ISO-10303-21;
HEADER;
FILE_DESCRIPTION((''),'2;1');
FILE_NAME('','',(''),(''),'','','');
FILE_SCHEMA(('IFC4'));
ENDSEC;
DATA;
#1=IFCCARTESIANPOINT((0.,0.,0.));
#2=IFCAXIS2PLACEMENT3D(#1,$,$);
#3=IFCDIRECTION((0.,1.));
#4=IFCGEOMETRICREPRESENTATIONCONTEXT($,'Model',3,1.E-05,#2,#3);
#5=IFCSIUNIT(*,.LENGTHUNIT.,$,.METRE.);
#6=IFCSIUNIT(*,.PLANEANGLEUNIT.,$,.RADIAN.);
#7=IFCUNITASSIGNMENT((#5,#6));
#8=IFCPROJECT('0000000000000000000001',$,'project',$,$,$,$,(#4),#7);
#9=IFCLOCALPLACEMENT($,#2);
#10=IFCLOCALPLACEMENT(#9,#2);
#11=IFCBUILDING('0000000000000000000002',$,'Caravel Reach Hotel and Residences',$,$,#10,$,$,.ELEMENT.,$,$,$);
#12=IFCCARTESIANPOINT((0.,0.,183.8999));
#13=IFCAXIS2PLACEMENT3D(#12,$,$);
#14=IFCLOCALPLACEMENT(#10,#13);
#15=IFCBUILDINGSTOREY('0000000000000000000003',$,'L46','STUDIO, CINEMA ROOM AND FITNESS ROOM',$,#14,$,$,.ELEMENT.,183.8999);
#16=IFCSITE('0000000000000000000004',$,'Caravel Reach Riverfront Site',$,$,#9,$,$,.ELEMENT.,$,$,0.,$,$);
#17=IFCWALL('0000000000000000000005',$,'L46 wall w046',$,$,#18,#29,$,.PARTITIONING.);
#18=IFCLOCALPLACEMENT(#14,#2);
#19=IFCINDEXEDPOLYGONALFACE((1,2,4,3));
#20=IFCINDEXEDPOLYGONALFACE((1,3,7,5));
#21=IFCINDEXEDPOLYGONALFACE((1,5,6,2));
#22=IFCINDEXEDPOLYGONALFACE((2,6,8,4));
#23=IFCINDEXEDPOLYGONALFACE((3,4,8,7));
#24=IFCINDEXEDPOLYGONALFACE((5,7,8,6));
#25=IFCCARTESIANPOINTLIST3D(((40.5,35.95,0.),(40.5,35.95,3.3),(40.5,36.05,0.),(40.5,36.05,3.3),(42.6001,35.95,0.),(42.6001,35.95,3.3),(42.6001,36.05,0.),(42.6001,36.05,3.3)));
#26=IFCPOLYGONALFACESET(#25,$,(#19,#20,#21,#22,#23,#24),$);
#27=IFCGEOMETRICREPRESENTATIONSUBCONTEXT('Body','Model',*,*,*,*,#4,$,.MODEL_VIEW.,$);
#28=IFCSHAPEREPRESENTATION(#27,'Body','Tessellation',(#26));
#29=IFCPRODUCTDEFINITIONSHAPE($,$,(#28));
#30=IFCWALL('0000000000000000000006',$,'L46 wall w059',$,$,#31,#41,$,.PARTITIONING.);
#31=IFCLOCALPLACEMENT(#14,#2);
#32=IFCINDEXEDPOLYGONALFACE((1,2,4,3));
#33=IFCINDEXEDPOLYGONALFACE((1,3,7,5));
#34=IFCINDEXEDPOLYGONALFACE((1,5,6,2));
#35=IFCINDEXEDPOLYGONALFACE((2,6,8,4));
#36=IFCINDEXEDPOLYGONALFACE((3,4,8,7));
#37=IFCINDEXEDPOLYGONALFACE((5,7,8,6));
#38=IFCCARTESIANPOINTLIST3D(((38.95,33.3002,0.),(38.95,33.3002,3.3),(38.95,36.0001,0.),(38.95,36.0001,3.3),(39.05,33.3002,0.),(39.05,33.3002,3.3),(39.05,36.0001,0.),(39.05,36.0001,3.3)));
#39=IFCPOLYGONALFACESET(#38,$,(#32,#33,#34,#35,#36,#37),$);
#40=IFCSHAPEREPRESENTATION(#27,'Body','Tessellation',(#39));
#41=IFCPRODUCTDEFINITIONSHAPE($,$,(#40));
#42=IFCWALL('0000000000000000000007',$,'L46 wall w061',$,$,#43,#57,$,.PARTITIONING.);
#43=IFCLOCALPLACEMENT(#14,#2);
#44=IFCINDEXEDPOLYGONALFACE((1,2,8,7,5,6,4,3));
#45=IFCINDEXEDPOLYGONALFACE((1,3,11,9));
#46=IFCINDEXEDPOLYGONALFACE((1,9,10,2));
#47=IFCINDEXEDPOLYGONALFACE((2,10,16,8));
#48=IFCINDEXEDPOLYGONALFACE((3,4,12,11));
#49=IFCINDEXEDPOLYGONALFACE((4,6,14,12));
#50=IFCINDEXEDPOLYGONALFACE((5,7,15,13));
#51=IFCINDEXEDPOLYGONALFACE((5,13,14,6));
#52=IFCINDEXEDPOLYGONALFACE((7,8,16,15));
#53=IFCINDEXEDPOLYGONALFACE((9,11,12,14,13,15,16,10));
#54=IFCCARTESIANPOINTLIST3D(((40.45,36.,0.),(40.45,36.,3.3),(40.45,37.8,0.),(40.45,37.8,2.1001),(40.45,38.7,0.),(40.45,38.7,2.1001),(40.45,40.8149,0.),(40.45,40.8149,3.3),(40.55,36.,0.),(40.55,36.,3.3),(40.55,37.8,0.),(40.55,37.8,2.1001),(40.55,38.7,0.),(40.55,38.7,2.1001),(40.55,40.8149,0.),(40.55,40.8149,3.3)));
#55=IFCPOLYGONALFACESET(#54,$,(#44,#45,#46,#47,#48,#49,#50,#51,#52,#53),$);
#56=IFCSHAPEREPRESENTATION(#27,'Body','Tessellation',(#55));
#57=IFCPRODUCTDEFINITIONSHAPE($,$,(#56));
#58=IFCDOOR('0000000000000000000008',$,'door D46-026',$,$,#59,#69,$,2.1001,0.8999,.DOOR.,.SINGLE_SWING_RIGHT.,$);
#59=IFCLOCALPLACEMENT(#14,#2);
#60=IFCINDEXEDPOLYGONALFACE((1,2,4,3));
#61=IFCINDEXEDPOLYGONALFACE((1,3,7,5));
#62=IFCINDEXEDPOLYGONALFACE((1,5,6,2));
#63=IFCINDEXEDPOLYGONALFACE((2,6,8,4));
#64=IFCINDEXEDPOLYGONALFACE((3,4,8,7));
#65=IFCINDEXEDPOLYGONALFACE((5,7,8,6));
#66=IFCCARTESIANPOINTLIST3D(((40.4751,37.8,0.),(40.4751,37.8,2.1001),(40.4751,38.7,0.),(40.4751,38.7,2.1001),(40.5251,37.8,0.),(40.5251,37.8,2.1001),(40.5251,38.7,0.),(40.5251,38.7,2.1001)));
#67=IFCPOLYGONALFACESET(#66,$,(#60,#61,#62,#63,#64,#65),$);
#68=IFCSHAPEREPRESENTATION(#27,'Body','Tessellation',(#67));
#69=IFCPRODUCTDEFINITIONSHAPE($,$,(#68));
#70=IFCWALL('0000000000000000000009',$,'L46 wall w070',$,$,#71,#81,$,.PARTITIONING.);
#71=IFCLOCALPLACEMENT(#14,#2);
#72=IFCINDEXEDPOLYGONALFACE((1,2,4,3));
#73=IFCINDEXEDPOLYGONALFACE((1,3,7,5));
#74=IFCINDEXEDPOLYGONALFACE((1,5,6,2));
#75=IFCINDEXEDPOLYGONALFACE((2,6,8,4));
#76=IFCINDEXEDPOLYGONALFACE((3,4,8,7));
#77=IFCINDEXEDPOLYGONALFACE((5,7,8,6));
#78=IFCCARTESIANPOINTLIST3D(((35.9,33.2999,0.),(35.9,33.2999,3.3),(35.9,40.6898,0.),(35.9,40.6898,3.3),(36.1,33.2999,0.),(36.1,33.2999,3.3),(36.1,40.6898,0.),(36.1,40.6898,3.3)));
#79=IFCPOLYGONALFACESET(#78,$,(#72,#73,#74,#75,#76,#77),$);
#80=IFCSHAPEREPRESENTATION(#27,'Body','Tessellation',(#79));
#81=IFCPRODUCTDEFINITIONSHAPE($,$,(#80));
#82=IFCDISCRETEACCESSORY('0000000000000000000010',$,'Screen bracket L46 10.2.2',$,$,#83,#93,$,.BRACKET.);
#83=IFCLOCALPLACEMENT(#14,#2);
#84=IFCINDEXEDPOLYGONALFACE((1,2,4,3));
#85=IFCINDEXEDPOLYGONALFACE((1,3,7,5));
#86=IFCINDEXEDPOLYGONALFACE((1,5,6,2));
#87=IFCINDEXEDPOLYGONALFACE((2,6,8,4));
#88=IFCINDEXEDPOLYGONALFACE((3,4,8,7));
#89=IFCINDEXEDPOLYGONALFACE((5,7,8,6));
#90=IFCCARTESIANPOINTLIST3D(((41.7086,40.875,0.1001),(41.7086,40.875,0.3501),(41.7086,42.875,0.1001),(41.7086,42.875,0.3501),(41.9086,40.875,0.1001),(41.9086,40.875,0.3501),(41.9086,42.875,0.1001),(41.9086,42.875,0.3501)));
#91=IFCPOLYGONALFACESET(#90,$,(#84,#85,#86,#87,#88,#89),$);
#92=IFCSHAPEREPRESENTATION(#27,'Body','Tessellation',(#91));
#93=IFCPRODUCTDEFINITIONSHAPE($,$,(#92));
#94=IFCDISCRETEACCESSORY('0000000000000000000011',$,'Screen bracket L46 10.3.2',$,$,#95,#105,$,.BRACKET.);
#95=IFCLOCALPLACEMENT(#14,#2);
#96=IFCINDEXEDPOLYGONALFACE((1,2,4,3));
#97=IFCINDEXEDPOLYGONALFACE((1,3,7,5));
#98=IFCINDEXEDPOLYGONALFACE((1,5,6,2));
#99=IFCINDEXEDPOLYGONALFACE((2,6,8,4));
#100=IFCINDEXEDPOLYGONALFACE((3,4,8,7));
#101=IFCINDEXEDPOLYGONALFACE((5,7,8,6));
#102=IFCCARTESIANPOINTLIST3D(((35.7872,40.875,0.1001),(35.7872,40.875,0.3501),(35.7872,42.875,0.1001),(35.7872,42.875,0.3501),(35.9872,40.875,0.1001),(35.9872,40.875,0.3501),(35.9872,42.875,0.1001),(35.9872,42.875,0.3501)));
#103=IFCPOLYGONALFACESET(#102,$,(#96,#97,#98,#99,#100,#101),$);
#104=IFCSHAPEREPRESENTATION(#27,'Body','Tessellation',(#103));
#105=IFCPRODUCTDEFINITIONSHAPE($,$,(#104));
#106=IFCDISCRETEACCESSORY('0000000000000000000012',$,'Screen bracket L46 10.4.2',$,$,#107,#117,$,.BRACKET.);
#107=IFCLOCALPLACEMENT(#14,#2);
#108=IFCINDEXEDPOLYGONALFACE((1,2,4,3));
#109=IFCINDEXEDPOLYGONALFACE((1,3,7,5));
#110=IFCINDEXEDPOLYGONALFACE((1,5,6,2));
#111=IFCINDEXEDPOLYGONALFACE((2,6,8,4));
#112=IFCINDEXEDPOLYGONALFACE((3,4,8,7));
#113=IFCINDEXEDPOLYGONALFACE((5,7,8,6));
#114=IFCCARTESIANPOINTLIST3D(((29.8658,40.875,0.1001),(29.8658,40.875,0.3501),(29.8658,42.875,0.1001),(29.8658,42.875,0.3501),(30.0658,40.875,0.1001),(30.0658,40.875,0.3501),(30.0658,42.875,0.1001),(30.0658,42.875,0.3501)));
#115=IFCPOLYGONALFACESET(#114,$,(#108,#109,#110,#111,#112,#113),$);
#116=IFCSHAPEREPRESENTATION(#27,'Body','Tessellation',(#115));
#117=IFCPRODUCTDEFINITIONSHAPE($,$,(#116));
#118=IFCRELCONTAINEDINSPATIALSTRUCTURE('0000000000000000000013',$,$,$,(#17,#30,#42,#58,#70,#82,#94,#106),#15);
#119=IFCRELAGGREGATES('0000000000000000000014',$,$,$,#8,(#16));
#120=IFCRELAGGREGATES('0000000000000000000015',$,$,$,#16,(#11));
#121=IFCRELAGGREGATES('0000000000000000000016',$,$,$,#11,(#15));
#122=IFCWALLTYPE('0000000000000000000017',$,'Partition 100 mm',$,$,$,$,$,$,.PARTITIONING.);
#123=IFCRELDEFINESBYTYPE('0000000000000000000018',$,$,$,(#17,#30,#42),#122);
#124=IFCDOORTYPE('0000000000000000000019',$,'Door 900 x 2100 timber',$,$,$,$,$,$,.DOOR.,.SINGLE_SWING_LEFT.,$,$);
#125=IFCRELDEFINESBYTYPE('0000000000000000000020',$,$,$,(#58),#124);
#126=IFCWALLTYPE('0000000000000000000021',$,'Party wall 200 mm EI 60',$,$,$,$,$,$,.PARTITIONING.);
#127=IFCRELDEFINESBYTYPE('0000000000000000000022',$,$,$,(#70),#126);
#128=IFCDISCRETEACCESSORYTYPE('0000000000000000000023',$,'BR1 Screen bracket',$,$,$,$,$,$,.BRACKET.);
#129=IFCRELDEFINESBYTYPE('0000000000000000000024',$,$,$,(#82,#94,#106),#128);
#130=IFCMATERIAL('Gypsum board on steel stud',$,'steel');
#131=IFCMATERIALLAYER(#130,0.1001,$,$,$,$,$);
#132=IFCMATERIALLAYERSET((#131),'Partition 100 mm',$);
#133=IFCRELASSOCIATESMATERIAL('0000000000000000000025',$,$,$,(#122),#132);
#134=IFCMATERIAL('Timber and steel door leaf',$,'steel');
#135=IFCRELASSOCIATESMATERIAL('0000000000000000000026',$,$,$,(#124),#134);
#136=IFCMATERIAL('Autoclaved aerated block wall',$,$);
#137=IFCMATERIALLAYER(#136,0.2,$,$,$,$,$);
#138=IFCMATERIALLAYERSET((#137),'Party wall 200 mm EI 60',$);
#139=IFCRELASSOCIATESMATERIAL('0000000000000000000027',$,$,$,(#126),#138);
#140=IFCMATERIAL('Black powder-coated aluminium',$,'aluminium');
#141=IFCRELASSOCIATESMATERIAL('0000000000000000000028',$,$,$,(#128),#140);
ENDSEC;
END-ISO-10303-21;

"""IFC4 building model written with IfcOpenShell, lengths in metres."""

from ifc_helpers import new_model, si_unit, direction, frame, frame_2d, origin, origin_2d, place, context, subcontext, project, spatial, rectangle, extrude, material, layer, layer_set, type_object, element, fill, save


model = new_model("IFC4")

# Units and contexts
model_context = context("Model", 3, precision=1e-05, world=origin(), true_north=direction((0.0, 1.0)))
body_context = subcontext(model_context, "Body", "Model", "MODEL_VIEW")
ifc_project = project(units=[si_unit("LENGTHUNIT", "METRE"), si_unit("PLANEANGLEUNIT", "RADIAN")], contexts=[model_context])

# Site, building, storey
site_placement = place(None, origin())
site = spatial("IfcSite", under=ifc_project, at=site_placement, Name="Caravel Reach Riverfront Site", CompositionType="ELEMENT", RefElevation=0.0)
building_placement = place(site_placement, origin())
building = spatial("IfcBuilding", under=site, at=building_placement, Name="Caravel Reach Hotel and Residences", CompositionType="ELEMENT")
storey_placement = place(building_placement, frame((0.0, 0.0, 183.8999)))
storey = spatial("IfcBuildingStorey", under=building, at=storey_placement, Name="L46", Description="STUDIO, CINEMA ROOM AND FITNESS ROOM", CompositionType="ELEMENT", Elevation=183.8999)

# Shared definitions
ifc_material_1 = material(Name="Gypsum board on steel stud", Category="steel")
ifc_layer_1 = layer(ifc_material_1, 0.1001)
ifc_layer_set_1 = layer_set([ifc_layer_1], Name="Partition 100 mm")
wall_type_1 = type_object("IfcWallType", Name="Partition 100 mm", PredefinedType="PARTITIONING", material=ifc_layer_set_1)
ifc_material_2 = material(Name="Timber and steel door leaf", Category="steel")
door_type = type_object("IfcDoorType", Name="Door 900 x 2100 timber", OperationType="SINGLE_SWING_LEFT", PredefinedType="DOOR", material=ifc_material_2)

# Walls
wall_1_placement = place(storey_placement, frame((40.5, 36.0, 0.0), z_axis=(0.0, 0.0, 1.0), x_axis=(1.0, 0.0, 0.0)))
element("IfcWall", 1, at=wall_1_placement, inside=storey, type_object=wall_type_1, Name="L46 wall w046", PredefinedType="PARTITIONING", context=body_context, shape_type="SweptSolid", body=[
    extrude(rectangle(XDim=2.1001, YDim=0.1001, at=frame_2d((1.05, 0.0))), origin(), (0.0, 0.0, 1.0), 3.3),
])
wall_2_placement = place(storey_placement, frame((39.0, 33.3, 0.0), z_axis=(0.0, 0.0, 1.0), x_axis=(0.0, 1.0, 0.0)))
element("IfcWall", 2, at=wall_2_placement, inside=storey, type_object=wall_type_1, Name="L46 wall w059", PredefinedType="PARTITIONING", context=body_context, shape_type="SweptSolid", body=[
    extrude(rectangle(XDim=2.7, YDim=0.1001, at=frame_2d((1.3501, 0.0))), origin(), (0.0, 0.0, 1.0), 3.3),
])

# Wall, opening, door
wall_3_placement = place(storey_placement, frame((40.5, 36.0, 0.0), z_axis=(0.0, 0.0, 1.0), x_axis=(0.0, 1.0, 0.0)))
wall_3 = element("IfcWall", 3, at=wall_3_placement, inside=storey, type_object=wall_type_1, Name="L46 wall w061", PredefinedType="PARTITIONING", context=body_context, shape_type="SweptSolid", body=[
    extrude(rectangle(XDim=4.8149, YDim=0.1001, at=frame_2d((2.4075, 0.0))), origin(), (0.0, 0.0, 1.0), 3.3),
])
opening_1_placement = place(wall_3_placement, frame((1.8, 0.0, 0.0)))
opening_1 = element("IfcOpeningElement", 4, at=opening_1_placement, cuts=wall_3, PredefinedType="OPENING", context=body_context, shape_type="SweptSolid", body=[
    extrude(rectangle(XDim=0.8999, YDim=2.1001, at=frame_2d((0.45, 1.05))), frame((0.0, 0.0601, 0.0), z_axis=(0.0, -1.0, 0.0), x_axis=(1.0, 0.0, 0.0)), (0.0, 0.0, 1.0), 0.1201),
])
door_1_placement = place(opening_1_placement, origin())
door_1 = element("IfcDoor", 5, at=door_1_placement, inside=storey, type_object=door_type, Name="door D46-026", OperationType="SINGLE_SWING_RIGHT", OverallHeight=2.1001, OverallWidth=0.8999, PredefinedType="DOOR", context=body_context, shape_type="SweptSolid", body=[
    extrude(rectangle(XDim=0.8999, YDim=2.1001, at=frame_2d((0.45, 1.05))), frame((0.0, 0.0249, 0.0), z_axis=(0.0, -1.0, 0.0), x_axis=(1.0, 0.0, 0.0)), (0.0, 0.0, 1.0), 0.05),
])
fill(opening_1, door_1)

# Wall
ifc_material_3 = material(Name="Autoclaved aerated block wall")
ifc_layer_2 = layer(ifc_material_3, 0.2)
ifc_layer_set_2 = layer_set([ifc_layer_2], Name="Party wall 200 mm EI 60")
wall_type_2 = type_object("IfcWallType", Name="Party wall 200 mm EI 60", PredefinedType="PARTITIONING", material=ifc_layer_set_2)
wall_4_placement = place(storey_placement, frame((36.0, 33.3, 0.0), z_axis=(0.0, 0.0, 1.0), x_axis=(0.0, 1.0, 0.0)))
element("IfcWall", 6, at=wall_4_placement, inside=storey, type_object=wall_type_2, Name="L46 wall w070", PredefinedType="PARTITIONING", context=body_context, shape_type="SweptSolid", body=[
    extrude(rectangle(XDim=7.3899, YDim=0.2, at=frame_2d((3.6948, 0.0))), origin(), (0.0, 0.0, 1.0), 3.3),
])

# Discrete accessories
ifc_material_4 = material(Name="Black powder-coated aluminium", Category="aluminium")
discrete_accessory_type = type_object("IfcDiscreteAccessoryType", Name="BR1 Screen bracket", PredefinedType="BRACKET", material=ifc_material_4)
for number, where, z_axis, x_axis, name in (
    (7, (41.8086, 41.875, 0.1001), (0.0, 0.0, 1.0), (0.0, 1.0, 0.0), "Screen bracket L46 10.2.2"),
    (8, (35.8872, 41.875, 0.1001), (0.0, 0.0, 1.0), (0.0, 1.0, 0.0), "Screen bracket L46 10.3.2"),
    (9, (29.9658, 41.875, 0.1001), (0.0, 0.0, 1.0), (0.0, 1.0, 0.0), "Screen bracket L46 10.4.2"),
):
    element("IfcDiscreteAccessory", number, at=place(storey_placement, frame(where, z_axis=z_axis, x_axis=x_axis)), inside=storey, type_object=discrete_accessory_type, Name=name, PredefinedType="BRACKET", context=body_context, shape_type="SweptSolid", body=[
        extrude(rectangle(XDim=2.0, YDim=0.2, at=origin_2d()), origin(), (0.0, 0.0, 1.0), 0.25),
    ])

save(model, "model.ifc")
